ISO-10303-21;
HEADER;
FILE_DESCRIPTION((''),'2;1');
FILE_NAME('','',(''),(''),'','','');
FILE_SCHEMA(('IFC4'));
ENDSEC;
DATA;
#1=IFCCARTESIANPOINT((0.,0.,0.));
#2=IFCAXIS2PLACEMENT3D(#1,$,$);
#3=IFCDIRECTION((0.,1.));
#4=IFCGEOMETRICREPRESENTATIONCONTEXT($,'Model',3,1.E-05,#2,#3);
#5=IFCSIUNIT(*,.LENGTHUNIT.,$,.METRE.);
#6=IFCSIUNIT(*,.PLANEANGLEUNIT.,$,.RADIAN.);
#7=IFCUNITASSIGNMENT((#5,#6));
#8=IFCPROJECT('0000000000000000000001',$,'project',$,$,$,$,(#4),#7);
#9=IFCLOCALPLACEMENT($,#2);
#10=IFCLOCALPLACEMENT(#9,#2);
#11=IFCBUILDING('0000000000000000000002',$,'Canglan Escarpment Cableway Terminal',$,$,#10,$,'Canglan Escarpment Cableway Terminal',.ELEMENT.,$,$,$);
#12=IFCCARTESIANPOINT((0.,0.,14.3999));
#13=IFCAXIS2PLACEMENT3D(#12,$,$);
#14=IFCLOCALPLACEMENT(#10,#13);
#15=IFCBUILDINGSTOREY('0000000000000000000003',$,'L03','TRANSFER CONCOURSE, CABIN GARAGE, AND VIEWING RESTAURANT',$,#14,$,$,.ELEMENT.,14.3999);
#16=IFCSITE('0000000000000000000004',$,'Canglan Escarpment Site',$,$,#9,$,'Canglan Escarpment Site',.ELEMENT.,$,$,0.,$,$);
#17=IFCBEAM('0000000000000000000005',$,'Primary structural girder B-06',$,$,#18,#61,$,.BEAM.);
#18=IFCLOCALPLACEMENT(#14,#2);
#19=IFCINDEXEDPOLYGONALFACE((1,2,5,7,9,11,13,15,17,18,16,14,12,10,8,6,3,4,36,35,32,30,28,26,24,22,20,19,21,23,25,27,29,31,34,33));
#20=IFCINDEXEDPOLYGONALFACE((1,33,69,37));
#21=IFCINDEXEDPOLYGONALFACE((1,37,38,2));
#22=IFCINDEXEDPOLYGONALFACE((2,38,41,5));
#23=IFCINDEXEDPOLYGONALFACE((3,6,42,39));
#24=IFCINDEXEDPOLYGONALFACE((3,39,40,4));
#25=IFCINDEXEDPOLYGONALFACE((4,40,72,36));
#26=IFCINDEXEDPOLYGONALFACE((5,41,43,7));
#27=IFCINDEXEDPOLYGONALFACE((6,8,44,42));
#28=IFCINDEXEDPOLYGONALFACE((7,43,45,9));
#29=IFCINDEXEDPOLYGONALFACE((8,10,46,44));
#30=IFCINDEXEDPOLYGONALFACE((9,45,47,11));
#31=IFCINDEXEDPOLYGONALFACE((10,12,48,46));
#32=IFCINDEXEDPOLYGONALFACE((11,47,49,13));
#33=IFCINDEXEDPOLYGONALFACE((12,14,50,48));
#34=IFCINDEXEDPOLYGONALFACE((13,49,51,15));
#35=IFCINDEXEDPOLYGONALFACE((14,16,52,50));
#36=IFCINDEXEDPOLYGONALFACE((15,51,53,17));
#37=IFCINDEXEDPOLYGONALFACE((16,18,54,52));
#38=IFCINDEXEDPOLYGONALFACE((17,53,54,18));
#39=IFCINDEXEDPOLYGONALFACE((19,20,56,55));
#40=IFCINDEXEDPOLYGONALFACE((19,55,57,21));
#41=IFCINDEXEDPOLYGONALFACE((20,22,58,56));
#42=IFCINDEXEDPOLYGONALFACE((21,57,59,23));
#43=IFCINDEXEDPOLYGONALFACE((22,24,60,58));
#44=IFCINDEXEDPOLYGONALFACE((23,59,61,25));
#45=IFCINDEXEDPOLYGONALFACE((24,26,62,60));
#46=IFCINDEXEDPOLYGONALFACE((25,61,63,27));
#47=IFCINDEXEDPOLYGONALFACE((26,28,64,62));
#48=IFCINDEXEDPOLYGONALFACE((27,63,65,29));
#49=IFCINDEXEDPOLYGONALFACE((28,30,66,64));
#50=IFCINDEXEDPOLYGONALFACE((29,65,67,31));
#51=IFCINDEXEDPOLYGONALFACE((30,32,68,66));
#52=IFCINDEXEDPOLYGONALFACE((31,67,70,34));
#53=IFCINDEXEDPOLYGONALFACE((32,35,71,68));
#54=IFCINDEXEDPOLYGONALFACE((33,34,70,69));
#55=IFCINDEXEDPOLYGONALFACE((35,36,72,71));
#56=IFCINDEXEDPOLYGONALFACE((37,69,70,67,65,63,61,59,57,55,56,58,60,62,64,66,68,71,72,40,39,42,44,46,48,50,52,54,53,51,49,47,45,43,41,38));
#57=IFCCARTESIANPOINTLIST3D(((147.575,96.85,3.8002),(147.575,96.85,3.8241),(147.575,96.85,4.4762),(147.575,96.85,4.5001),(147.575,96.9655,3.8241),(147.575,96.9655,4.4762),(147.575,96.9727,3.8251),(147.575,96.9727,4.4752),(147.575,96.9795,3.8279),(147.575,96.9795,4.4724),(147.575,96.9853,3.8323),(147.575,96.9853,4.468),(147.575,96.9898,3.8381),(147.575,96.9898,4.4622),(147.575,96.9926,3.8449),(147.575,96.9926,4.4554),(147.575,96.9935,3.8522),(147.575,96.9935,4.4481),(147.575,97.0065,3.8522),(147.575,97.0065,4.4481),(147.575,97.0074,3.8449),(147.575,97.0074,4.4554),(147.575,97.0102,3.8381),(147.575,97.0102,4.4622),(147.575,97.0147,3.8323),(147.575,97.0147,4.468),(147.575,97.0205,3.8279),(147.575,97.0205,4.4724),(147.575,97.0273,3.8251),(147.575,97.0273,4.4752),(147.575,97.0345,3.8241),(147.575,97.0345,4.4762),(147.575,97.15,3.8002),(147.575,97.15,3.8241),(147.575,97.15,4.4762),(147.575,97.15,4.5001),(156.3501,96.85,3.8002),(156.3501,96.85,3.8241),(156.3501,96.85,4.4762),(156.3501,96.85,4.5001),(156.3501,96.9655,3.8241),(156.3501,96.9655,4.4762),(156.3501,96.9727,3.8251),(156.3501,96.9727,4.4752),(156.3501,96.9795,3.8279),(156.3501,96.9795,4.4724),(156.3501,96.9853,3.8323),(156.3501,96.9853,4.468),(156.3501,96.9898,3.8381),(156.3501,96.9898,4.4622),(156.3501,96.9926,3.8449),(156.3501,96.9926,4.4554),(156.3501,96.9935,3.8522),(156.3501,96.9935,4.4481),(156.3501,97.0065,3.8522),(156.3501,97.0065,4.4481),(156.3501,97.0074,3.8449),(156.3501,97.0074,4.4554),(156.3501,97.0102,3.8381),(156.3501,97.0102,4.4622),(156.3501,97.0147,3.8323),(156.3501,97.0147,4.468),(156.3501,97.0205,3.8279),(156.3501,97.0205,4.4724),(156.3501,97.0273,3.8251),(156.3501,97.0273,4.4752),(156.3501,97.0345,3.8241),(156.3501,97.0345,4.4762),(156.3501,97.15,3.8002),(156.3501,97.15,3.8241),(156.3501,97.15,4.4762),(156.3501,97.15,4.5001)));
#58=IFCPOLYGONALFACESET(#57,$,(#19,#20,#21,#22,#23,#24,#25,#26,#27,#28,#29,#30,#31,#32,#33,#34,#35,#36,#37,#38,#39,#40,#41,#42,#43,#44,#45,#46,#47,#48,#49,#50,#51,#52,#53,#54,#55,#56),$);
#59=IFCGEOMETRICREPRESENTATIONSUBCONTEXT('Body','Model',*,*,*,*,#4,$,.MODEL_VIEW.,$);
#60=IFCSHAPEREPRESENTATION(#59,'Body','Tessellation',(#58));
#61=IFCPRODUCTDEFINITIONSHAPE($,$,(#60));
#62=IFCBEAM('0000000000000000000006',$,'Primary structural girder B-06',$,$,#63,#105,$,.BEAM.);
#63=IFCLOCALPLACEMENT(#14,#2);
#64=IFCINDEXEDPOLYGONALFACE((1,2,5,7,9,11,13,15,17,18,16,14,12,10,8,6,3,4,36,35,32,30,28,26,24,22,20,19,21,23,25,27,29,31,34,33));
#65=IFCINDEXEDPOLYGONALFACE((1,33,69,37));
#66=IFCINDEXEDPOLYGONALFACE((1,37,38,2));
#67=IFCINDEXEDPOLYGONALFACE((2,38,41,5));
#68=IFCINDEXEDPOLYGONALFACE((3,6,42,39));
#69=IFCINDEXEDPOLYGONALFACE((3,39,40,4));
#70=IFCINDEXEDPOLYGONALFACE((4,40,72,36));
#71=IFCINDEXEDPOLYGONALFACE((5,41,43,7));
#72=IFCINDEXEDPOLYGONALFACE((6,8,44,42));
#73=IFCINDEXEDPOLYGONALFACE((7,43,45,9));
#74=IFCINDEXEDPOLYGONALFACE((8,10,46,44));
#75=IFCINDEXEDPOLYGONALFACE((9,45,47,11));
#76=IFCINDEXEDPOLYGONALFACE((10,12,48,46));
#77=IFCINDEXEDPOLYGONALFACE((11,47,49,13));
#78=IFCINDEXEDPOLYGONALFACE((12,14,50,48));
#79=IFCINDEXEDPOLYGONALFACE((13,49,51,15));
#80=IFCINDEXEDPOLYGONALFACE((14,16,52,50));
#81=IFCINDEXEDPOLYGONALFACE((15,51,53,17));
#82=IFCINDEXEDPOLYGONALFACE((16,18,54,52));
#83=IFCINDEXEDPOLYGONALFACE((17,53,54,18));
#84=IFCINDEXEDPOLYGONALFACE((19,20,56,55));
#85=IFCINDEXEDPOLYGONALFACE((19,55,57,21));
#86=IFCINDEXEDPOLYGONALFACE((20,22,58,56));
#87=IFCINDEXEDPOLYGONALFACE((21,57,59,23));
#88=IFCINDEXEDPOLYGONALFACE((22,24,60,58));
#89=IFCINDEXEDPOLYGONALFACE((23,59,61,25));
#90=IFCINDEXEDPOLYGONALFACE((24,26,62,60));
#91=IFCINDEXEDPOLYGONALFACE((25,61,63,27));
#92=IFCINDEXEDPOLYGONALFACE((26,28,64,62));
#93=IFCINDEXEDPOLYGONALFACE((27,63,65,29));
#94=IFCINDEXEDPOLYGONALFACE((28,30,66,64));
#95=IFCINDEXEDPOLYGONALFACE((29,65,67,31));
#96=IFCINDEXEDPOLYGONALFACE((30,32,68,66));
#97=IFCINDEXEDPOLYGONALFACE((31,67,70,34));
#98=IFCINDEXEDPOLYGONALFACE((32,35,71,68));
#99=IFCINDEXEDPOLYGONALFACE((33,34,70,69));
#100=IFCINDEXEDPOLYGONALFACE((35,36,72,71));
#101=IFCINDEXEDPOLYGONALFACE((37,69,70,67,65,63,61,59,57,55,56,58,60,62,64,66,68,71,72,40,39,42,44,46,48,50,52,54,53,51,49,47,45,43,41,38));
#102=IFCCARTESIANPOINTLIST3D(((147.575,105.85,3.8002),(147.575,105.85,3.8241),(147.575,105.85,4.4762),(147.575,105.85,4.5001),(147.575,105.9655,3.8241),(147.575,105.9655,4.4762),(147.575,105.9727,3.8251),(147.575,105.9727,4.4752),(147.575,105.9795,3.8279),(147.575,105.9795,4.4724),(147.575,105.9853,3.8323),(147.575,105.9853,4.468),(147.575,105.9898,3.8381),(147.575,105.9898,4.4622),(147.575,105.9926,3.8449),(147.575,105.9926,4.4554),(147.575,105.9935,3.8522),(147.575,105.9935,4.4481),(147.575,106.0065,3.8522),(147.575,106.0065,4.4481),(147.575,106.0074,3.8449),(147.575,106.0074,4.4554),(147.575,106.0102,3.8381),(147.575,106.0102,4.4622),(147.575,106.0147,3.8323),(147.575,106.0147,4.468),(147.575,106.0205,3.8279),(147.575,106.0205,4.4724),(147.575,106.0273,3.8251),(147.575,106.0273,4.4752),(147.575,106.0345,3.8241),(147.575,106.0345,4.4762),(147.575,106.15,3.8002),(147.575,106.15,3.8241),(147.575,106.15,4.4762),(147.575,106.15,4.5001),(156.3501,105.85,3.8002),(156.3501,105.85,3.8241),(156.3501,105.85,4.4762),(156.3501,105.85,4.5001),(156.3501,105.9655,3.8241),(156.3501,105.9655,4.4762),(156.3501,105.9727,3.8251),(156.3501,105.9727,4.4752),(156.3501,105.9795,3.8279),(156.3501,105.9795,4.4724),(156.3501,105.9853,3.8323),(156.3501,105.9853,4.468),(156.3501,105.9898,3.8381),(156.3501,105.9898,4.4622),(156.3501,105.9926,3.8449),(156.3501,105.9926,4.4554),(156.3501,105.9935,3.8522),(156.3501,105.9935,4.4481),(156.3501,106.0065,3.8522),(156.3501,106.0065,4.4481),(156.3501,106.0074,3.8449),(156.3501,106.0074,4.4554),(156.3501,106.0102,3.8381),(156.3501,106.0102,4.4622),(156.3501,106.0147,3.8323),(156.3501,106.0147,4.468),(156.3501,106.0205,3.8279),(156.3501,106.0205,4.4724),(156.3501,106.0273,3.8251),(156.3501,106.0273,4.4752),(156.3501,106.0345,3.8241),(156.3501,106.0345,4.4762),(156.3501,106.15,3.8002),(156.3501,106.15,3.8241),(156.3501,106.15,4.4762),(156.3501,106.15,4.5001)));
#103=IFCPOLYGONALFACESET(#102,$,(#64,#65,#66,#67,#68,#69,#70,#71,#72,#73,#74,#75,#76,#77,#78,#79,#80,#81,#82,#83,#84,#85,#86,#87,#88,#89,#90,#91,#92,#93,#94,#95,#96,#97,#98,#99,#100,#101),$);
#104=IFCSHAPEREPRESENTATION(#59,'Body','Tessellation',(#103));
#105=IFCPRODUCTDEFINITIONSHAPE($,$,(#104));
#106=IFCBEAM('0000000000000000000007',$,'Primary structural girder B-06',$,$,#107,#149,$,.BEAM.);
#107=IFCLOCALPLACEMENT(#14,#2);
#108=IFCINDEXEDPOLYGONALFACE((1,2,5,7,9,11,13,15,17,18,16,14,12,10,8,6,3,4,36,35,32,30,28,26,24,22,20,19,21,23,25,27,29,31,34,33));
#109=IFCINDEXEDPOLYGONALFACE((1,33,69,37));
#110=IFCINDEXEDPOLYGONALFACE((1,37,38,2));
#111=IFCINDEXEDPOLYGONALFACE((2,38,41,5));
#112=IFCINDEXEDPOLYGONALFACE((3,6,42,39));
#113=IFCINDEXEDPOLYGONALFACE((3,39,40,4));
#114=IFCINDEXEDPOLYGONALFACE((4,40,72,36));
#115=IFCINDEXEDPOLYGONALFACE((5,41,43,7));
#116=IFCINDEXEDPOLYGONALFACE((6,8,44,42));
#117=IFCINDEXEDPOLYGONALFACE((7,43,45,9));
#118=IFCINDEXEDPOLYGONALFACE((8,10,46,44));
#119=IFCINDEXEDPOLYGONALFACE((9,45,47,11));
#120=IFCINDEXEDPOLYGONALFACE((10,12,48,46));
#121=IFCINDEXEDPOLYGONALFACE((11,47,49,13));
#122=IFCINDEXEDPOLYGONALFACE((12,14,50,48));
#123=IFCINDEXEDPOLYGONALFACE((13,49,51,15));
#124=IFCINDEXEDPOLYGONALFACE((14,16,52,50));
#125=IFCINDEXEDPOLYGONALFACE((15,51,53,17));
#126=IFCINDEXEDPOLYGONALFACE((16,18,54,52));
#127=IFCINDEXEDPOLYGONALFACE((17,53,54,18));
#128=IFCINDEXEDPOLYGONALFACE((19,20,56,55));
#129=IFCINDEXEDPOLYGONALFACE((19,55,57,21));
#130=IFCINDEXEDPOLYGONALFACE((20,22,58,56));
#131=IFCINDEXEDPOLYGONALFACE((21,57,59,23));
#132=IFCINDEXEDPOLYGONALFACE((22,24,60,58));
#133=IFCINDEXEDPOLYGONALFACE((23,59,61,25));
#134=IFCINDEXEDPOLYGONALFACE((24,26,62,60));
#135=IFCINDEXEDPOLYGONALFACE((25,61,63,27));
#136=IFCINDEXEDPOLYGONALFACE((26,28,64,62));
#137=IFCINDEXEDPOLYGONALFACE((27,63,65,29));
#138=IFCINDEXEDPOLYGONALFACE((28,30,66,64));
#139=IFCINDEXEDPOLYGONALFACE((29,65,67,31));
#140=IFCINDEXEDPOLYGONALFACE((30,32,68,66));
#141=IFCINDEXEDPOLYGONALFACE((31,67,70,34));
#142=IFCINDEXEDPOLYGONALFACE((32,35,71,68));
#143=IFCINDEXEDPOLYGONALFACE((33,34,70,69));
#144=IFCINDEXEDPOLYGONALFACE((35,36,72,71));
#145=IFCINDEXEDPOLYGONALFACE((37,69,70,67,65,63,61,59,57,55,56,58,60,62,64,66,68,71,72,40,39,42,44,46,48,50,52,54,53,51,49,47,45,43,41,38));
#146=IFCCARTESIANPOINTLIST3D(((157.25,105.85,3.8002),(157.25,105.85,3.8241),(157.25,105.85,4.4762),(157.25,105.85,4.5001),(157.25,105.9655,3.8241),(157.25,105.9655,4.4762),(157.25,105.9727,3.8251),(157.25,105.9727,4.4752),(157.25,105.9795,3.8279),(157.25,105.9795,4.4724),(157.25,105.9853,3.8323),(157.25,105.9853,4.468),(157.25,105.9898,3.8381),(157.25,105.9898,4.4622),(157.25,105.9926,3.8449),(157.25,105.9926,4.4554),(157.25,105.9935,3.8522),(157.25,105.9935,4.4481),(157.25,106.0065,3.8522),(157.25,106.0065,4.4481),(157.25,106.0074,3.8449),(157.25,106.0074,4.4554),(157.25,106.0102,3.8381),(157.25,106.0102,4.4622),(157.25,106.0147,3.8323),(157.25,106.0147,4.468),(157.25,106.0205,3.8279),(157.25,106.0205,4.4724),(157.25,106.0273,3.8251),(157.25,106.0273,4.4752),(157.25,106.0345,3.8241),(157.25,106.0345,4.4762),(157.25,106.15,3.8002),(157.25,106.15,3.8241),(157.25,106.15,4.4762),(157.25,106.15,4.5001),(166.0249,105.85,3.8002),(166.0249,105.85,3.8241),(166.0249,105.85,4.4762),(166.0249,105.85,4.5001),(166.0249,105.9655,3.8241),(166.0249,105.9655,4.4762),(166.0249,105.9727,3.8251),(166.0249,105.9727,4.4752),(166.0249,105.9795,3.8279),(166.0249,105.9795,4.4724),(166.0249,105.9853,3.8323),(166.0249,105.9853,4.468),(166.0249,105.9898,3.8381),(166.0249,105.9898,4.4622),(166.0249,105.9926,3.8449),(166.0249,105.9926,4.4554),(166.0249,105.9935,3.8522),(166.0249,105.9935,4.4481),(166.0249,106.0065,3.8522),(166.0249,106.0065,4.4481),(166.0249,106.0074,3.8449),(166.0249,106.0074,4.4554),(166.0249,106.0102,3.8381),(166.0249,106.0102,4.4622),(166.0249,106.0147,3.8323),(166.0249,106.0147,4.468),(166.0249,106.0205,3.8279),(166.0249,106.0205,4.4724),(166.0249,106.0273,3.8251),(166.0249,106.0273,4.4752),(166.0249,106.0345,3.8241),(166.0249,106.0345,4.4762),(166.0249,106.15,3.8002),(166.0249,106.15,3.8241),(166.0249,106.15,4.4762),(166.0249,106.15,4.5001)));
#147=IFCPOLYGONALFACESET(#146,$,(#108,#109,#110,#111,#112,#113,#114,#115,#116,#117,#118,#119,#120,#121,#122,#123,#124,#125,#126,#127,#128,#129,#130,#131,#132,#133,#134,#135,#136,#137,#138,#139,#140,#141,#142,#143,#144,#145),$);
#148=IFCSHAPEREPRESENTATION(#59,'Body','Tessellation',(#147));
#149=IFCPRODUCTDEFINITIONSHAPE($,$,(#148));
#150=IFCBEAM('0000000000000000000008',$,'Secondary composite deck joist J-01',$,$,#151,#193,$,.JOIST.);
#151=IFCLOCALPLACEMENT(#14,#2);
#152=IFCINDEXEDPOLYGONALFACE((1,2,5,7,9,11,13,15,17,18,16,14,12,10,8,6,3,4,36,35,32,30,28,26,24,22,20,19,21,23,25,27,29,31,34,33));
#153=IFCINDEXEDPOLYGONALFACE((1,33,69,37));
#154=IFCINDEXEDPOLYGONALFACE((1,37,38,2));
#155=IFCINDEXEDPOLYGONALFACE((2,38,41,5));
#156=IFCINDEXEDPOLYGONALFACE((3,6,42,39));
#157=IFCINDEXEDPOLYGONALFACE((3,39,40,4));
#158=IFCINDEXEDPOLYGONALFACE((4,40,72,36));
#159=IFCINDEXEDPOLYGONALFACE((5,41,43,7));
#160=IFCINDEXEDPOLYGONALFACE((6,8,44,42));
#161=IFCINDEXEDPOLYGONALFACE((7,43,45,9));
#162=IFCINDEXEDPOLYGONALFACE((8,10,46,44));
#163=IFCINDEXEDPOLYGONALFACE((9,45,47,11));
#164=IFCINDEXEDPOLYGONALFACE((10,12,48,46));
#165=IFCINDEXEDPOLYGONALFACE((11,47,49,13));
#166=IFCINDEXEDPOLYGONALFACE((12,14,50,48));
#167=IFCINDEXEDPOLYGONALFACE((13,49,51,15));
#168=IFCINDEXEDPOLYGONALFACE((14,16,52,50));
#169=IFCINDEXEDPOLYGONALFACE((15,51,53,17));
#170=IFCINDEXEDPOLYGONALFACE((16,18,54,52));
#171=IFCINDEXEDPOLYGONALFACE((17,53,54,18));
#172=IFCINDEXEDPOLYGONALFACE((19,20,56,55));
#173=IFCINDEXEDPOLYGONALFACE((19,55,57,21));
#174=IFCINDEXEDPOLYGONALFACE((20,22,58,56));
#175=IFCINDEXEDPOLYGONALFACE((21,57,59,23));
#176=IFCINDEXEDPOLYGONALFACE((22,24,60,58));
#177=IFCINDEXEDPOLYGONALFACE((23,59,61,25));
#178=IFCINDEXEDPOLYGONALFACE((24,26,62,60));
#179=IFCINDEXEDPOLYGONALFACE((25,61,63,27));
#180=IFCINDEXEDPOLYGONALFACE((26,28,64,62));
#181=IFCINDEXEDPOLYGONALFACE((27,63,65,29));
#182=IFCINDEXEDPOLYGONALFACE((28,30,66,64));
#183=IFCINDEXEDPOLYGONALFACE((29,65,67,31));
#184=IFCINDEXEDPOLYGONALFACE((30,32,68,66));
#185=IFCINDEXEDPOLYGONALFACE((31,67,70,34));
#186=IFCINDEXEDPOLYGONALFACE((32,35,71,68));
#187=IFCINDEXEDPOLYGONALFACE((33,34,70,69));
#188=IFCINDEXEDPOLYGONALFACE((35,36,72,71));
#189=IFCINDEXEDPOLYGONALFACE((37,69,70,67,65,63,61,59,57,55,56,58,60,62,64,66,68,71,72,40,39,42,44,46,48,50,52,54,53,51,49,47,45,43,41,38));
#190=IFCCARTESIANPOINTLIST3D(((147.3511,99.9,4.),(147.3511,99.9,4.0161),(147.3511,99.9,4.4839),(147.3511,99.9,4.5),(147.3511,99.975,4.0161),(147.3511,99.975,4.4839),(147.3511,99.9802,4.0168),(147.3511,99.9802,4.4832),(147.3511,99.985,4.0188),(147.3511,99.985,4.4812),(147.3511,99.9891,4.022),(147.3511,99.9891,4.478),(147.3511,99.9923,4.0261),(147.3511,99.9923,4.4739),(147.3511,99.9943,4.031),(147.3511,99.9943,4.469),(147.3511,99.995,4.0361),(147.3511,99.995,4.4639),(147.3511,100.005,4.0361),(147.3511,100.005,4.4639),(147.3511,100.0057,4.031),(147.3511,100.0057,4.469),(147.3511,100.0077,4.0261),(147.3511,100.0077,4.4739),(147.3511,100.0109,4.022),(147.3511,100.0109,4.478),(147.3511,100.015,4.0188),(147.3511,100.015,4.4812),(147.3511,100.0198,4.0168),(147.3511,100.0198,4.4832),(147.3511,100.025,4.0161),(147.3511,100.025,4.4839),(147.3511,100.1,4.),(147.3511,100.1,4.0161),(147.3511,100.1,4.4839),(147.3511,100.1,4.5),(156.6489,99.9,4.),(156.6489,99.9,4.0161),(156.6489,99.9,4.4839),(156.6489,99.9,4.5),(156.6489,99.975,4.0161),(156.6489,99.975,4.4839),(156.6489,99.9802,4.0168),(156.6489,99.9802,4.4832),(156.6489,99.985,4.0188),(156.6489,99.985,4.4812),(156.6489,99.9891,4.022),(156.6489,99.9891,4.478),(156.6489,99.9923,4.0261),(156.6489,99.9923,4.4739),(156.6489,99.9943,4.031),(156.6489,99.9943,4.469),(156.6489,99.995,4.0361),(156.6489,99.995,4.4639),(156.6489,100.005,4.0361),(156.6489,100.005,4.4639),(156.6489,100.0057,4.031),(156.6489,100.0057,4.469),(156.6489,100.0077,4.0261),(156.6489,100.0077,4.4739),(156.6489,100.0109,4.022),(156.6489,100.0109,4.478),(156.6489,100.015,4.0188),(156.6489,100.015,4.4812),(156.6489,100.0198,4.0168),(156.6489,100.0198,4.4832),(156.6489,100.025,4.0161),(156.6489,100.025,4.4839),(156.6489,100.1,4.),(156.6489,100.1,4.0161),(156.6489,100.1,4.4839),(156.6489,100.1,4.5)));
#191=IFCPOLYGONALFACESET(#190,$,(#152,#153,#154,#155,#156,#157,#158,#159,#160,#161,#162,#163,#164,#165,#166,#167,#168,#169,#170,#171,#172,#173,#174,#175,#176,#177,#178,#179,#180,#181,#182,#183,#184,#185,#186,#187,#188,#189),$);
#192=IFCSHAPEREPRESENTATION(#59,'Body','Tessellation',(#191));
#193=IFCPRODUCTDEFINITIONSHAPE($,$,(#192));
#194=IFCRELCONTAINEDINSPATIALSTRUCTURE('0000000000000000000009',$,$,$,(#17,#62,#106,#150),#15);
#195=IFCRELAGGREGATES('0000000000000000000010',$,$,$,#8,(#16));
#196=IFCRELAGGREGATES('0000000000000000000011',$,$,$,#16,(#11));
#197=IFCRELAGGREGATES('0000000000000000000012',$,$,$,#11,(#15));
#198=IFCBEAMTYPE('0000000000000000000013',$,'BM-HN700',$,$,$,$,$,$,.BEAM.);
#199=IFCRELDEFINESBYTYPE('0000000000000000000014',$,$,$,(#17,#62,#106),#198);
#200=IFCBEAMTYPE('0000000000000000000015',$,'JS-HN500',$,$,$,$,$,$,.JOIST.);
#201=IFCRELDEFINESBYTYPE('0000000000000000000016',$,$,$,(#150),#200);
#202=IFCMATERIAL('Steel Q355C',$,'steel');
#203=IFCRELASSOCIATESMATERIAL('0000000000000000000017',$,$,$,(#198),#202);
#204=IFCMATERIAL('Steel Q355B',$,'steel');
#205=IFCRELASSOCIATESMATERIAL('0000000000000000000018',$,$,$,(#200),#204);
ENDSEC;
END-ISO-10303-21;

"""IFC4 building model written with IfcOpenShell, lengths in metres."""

from ifc_helpers import new_model, si_unit, direction, frame, origin, origin_2d, place, context, subcontext, project, spatial, i_section, extrude, material, material_profile, profile_set, type_object, element, save


model = new_model("IFC4")

# Units and contexts
model_context = context("Model", 3, precision=1e-05, world=origin(), true_north=direction((0.0, 1.0)))
body_context = subcontext(model_context, "Body", "Model", "MODEL_VIEW")
ifc_project = project(units=[si_unit("LENGTHUNIT", "METRE"), si_unit("PLANEANGLEUNIT", "RADIAN")], contexts=[model_context])

# Site, building, storey
site_placement = place(None, origin())
site = spatial("IfcSite", under=ifc_project, at=site_placement, Name="Canglan Escarpment Site", LongName="Canglan Escarpment Site", CompositionType="ELEMENT", RefElevation=0.0)
building_placement = place(site_placement, origin())
building = spatial("IfcBuilding", under=site, at=building_placement, Name="Canglan Escarpment Cableway Terminal", LongName="Canglan Escarpment Cableway Terminal", CompositionType="ELEMENT")
storey_placement = place(building_placement, frame((0.0, 0.0, 14.3999)))
storey = spatial("IfcBuildingStorey", under=building, at=storey_placement, Name="L03", Description="TRANSFER CONCOURSE, CABIN GARAGE, AND VIEWING RESTAURANT", CompositionType="ELEMENT", Elevation=14.3999)

# Beams
ifc_material_1 = material(Name="Steel Q355C", Category="steel")
ifc_material_profile_1 = material_profile(ifc_material_1, i_section(OverallWidth=0.3, OverallDepth=0.7, WebThickness=0.0129, FlangeThickness=0.0239, FilletRadius=0.0281, at=origin_2d()), Name="HN 700x300x13x24")
ifc_profile_set_1 = profile_set([ifc_material_profile_1], Name="Steel Q355C")
beam_type_1 = type_object("IfcBeamType", Name="BM-HN700", PredefinedType="BEAM", material=ifc_profile_set_1)
for number, where, z_axis, x_axis, name in (
    (1, (147.575, 97.0, 4.1501), (1.0, 0.0, 0.0), (0.0, 1.0, 0.0), "Primary structural girder B-06"),
    (2, (147.575, 106.0, 4.1501), (1.0, 0.0, 0.0), (0.0, 1.0, 0.0), "Primary structural girder B-06"),
):
    element("IfcBeam", number, at=place(storey_placement, frame(where, z_axis=z_axis, x_axis=x_axis)), inside=storey, type_object=beam_type_1, Name=name, PredefinedType="BEAM", context=body_context, shape_type="SweptSolid", body=[
        extrude(i_section(OverallWidth=0.3, OverallDepth=0.7, WebThickness=0.0129, FlangeThickness=0.0239, FilletRadius=0.0281, at=origin_2d()), origin(), (0.0, 0.0, 1.0), 8.7751),
    ])
beam_1_placement = place(storey_placement, frame((157.25, 106.0, 4.1501), z_axis=(1.0, 0.0, 0.0), x_axis=(0.0, 1.0, 0.0)))
element("IfcBeam", 3, at=beam_1_placement, inside=storey, type_object=beam_type_1, Name="Primary structural girder B-06", PredefinedType="BEAM", context=body_context, shape_type="SweptSolid", body=[
    extrude(i_section(OverallWidth=0.3, OverallDepth=0.7, WebThickness=0.0129, FlangeThickness=0.0239, FilletRadius=0.0281, at=origin_2d()), origin(), (0.0, 0.0, 1.0), 8.7749),
])
ifc_material_2 = material(Name="Steel Q355B", Category="steel")
ifc_material_profile_2 = material_profile(ifc_material_2, i_section(OverallWidth=0.2, OverallDepth=0.5, WebThickness=0.01, FlangeThickness=0.0161, FilletRadius=0.02, at=origin_2d()), Name="HN 500x200x10x16")
ifc_profile_set_2 = profile_set([ifc_material_profile_2], Name="Steel Q355B")
beam_type_2 = type_object("IfcBeamType", Name="JS-HN500", PredefinedType="JOIST", material=ifc_profile_set_2)
for number, where, z_axis, x_axis, name in (
    (4, (147.3511, 100.0, 4.25), (1.0, 0.0, 0.0), (0.0, 1.0, 0.0), "Secondary composite deck joist J-01"),
):
    element("IfcBeam", number, at=place(storey_placement, frame(where, z_axis=z_axis, x_axis=x_axis)), inside=storey, type_object=beam_type_2, Name=name, PredefinedType="JOIST", context=body_context, shape_type="SweptSolid", body=[
        extrude(i_section(OverallWidth=0.2, OverallDepth=0.5, WebThickness=0.01, FlangeThickness=0.0161, FilletRadius=0.02, at=origin_2d()), origin(), (0.0, 0.0, 1.0), 9.2979),
    ])

save(model, "model.ifc")
